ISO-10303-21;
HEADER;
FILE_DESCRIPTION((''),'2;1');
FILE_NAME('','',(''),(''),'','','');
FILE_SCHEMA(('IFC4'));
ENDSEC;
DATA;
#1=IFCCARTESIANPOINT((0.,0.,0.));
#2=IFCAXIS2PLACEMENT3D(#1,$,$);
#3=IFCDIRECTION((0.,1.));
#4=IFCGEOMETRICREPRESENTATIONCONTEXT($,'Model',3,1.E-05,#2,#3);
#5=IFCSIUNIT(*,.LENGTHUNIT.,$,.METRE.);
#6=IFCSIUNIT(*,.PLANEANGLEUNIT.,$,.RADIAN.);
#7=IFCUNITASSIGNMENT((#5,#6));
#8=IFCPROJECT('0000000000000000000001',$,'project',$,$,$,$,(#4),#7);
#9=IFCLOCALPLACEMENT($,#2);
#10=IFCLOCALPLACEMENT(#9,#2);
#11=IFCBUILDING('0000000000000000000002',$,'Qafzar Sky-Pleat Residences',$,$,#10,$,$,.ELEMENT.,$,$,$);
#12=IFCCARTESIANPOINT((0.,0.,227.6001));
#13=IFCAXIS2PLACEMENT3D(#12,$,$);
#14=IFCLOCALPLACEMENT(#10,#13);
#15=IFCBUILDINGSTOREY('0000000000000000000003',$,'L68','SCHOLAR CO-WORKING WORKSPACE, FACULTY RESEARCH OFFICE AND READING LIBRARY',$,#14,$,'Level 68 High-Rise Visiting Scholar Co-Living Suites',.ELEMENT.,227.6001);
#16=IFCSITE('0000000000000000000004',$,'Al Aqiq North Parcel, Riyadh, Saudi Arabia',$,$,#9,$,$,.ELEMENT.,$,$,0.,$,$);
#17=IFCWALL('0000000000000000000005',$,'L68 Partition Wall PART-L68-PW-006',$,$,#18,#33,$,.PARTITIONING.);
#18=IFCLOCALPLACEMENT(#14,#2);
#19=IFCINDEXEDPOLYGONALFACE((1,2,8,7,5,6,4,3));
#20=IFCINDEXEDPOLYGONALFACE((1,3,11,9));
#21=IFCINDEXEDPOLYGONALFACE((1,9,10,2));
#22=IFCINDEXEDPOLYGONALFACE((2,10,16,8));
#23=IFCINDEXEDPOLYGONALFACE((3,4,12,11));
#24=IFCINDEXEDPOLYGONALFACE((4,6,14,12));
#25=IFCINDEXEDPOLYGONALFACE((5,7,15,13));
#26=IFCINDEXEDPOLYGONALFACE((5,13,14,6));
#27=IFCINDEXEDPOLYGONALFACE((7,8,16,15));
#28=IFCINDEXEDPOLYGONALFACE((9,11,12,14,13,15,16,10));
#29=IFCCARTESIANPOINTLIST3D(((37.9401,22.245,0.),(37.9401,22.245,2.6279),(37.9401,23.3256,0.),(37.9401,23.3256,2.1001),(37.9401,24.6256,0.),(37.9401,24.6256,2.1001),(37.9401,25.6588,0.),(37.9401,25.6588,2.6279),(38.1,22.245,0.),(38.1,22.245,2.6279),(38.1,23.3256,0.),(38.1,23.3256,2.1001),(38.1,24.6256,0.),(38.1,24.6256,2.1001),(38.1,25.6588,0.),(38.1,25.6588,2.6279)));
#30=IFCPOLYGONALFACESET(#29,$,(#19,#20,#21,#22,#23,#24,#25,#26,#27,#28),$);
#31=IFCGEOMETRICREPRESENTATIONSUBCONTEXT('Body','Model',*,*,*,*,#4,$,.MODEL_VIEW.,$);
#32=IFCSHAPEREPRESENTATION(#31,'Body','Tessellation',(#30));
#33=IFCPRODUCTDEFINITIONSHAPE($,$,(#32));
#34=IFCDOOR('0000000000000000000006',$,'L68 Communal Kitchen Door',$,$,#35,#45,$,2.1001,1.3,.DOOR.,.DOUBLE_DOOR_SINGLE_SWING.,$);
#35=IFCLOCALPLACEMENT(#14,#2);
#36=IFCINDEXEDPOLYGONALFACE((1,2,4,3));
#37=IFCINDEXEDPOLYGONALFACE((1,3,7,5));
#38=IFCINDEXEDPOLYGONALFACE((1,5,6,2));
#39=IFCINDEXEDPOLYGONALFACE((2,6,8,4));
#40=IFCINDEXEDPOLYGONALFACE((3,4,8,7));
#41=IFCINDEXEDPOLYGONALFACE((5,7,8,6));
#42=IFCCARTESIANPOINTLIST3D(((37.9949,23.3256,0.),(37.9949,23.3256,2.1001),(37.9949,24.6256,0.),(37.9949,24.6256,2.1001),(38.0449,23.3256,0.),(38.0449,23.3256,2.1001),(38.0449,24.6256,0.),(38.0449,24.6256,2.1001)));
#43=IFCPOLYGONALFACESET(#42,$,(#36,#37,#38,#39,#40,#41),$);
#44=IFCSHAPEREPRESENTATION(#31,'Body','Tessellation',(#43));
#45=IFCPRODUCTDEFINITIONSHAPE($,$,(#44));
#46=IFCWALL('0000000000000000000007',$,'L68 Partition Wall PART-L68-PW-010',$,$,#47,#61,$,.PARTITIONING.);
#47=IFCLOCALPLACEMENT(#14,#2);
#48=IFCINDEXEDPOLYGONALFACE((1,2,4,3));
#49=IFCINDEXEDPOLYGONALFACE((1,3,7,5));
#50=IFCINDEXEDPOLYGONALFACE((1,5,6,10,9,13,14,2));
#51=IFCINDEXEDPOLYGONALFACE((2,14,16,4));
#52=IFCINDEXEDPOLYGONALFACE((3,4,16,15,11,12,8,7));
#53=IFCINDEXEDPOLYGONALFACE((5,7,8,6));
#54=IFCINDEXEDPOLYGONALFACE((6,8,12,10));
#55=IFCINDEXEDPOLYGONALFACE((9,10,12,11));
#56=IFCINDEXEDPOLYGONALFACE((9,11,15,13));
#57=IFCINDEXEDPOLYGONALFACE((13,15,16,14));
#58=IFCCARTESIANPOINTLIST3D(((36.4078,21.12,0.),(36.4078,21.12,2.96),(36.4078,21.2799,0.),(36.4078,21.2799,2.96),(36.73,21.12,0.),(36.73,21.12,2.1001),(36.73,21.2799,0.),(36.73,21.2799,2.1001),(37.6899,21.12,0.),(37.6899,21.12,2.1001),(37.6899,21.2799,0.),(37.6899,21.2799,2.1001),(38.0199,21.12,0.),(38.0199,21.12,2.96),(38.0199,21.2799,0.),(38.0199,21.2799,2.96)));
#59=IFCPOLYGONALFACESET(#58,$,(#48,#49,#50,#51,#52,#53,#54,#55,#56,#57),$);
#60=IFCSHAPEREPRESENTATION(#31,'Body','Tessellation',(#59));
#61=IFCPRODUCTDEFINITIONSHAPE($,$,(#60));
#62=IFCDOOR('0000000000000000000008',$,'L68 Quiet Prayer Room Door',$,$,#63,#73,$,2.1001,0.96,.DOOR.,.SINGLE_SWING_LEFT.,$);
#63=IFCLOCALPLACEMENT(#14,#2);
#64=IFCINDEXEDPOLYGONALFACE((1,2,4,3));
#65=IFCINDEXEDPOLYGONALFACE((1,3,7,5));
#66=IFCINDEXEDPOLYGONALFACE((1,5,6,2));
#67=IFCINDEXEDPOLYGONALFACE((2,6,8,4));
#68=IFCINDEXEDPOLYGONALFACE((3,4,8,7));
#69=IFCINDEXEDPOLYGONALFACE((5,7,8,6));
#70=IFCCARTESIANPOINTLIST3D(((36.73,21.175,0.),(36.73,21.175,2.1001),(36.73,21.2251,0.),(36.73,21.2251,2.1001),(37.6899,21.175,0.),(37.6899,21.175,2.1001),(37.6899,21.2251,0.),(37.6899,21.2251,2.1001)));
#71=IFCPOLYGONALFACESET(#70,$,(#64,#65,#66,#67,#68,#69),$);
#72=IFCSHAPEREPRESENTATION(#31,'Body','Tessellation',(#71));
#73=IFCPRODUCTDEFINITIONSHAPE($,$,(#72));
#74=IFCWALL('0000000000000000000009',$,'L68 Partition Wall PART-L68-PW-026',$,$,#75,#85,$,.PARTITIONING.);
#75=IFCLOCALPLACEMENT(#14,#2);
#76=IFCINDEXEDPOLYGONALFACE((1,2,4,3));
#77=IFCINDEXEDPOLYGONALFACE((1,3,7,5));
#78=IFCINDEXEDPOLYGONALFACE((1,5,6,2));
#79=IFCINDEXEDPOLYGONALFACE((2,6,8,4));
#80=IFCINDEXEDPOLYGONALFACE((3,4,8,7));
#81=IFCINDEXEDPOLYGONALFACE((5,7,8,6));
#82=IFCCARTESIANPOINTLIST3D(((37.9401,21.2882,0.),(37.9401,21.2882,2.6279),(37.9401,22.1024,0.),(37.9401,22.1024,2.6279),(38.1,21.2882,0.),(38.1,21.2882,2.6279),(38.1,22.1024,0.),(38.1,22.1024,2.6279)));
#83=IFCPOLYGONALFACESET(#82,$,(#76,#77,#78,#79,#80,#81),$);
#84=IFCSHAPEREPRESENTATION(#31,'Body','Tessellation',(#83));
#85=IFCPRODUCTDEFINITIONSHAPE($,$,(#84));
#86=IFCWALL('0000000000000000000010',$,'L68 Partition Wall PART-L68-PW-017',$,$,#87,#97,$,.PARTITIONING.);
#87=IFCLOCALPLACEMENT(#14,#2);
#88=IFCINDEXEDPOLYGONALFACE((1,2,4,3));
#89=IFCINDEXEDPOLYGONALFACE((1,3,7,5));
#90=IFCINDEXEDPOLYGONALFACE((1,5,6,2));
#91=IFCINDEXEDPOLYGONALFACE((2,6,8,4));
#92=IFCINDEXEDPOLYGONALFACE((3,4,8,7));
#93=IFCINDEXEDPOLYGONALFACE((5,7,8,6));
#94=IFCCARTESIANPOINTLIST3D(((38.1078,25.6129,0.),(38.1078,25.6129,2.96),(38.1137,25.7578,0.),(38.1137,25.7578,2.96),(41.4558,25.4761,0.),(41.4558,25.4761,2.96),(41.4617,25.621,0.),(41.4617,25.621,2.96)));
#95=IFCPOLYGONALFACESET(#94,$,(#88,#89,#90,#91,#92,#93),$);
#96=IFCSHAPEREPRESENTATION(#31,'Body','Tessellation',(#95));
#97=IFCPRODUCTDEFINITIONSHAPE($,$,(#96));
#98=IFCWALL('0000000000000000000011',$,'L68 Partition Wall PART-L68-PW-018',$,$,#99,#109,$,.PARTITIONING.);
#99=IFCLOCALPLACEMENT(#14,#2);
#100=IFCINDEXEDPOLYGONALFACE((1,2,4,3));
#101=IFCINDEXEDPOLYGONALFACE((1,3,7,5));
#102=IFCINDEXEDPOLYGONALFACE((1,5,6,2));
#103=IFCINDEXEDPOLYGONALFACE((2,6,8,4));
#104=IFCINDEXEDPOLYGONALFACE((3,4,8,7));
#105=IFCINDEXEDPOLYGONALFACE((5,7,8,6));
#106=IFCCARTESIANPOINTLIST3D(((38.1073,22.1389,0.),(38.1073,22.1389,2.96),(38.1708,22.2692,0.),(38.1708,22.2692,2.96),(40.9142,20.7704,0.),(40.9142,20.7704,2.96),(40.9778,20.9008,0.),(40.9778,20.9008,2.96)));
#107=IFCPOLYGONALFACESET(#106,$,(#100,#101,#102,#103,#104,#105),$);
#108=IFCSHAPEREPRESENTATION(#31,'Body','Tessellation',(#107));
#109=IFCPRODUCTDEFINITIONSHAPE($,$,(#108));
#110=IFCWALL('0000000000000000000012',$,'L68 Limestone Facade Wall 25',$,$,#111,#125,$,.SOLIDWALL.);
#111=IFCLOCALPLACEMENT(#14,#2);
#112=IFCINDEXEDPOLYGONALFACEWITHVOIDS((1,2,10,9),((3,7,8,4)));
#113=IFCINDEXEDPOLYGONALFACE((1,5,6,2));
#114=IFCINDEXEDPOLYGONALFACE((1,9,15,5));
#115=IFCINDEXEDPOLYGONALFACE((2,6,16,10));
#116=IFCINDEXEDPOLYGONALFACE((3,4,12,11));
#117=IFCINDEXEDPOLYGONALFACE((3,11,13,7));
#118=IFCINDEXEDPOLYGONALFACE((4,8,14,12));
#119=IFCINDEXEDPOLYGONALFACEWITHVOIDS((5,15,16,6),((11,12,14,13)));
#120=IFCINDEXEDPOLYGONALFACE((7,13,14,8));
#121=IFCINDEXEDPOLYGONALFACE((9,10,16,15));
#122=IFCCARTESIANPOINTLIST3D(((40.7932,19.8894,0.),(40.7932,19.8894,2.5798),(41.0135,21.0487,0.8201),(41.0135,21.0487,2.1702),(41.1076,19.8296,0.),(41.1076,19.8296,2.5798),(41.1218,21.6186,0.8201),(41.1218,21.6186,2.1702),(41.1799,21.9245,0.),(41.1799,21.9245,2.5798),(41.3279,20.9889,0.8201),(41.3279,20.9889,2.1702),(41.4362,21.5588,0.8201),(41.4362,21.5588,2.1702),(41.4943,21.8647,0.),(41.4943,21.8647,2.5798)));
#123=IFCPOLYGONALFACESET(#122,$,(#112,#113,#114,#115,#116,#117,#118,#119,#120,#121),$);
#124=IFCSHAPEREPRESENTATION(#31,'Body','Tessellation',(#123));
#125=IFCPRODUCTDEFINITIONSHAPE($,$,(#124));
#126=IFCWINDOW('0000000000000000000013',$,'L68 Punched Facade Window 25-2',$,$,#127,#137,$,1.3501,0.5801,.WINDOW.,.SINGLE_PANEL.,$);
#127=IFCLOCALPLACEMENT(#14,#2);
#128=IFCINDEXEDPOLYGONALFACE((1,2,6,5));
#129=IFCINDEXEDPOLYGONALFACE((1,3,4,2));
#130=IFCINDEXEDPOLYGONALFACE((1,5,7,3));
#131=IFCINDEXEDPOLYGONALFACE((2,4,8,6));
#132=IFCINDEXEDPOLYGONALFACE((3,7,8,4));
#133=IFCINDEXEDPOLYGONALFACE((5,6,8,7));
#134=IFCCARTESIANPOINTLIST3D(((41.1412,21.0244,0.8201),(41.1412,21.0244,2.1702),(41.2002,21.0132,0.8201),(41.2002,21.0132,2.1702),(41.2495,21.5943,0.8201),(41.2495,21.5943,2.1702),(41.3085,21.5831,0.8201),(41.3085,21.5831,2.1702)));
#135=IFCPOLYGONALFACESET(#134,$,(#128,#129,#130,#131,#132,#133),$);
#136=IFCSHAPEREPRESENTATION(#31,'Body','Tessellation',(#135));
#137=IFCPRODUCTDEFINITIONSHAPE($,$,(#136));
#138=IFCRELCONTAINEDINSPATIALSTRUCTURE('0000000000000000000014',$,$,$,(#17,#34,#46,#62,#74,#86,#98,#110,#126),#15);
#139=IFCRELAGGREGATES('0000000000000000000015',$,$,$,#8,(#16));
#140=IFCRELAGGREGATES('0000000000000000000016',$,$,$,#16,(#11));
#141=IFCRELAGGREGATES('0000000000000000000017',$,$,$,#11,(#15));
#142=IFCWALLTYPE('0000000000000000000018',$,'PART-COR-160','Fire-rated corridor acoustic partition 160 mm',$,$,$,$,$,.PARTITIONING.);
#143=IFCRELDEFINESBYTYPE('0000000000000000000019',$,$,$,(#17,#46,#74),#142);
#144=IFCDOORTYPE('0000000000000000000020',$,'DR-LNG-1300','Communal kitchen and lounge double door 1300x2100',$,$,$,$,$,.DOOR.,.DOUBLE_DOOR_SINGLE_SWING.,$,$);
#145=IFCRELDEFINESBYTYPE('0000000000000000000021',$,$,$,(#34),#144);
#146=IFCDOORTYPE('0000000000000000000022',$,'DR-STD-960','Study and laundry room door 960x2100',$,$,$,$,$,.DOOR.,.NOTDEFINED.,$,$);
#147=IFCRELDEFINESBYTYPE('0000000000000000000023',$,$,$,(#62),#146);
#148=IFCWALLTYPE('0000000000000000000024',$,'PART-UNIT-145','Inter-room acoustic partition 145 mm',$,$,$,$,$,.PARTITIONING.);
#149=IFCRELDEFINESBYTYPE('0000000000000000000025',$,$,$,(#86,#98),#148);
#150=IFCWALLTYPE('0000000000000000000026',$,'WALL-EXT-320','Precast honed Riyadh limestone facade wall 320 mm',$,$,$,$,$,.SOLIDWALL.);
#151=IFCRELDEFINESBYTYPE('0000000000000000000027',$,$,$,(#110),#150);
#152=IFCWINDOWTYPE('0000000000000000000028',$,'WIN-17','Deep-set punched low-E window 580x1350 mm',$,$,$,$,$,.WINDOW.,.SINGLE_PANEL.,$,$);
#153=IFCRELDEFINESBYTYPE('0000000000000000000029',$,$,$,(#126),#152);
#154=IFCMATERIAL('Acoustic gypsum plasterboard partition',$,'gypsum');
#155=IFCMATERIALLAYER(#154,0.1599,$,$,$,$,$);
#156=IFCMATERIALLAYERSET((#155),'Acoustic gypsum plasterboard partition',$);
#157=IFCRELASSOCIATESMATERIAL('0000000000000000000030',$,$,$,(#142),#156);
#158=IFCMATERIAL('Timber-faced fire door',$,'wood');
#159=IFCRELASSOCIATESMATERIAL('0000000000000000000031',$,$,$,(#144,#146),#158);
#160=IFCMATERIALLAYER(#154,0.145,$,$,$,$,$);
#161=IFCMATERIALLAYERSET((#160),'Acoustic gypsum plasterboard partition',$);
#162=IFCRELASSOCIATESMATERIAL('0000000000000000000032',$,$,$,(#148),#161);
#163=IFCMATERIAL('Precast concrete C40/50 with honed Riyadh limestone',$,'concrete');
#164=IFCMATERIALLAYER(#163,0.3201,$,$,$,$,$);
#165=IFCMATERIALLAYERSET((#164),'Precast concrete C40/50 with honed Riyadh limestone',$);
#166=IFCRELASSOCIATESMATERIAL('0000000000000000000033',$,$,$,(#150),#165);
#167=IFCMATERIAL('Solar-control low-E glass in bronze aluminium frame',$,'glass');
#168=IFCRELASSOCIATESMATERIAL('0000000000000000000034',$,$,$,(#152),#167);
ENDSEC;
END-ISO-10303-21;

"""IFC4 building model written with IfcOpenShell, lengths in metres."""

from ifc_helpers import new_model, si_unit, direction, frame, frame_2d, origin, place, context, subcontext, project, spatial, rectangle, extrude, source, transform, mapped, material, layer, layer_set, type_object, element, fill, save


model = new_model("IFC4")

# Units and contexts
model_context = context("Model", 3, precision=1e-05, world=origin(), true_north=direction((0.0, 1.0)))
body_context = subcontext(model_context, "Body", "Model", "MODEL_VIEW")
ifc_project = project(units=[si_unit("LENGTHUNIT", "METRE"), si_unit("PLANEANGLEUNIT", "RADIAN")], contexts=[model_context])

# Site, building, storey
site_placement = place(None, origin())
site = spatial("IfcSite", under=ifc_project, at=site_placement, Name="Al Aqiq North Parcel, Riyadh, Saudi Arabia", CompositionType="ELEMENT", RefElevation=0.0)
building_placement = place(site_placement, origin())
building = spatial("IfcBuilding", under=site, at=building_placement, Name="Qafzar Sky-Pleat Residences", CompositionType="ELEMENT")
storey_placement = place(building_placement, frame((0.0, 0.0, 227.6001)))
storey = spatial("IfcBuildingStorey", under=building, at=storey_placement, Name="L68", Description="SCHOLAR CO-WORKING WORKSPACE, FACULTY RESEARCH OFFICE AND READING LIBRARY", LongName="Level 68 High-Rise Visiting Scholar Co-Living Suites", CompositionType="ELEMENT", Elevation=227.6001)

# Walls, openings, doors
ifc_material_1 = material(Name="Acoustic gypsum plasterboard partition", Category="gypsum")
ifc_layer_1 = layer(ifc_material_1, 0.1599)
ifc_layer_set_1 = layer_set([ifc_layer_1], Name="Acoustic gypsum plasterboard partition")
wall_type_1 = type_object("IfcWallType", Name="PART-COR-160", Description="Fire-rated corridor acoustic partition 160 mm", PredefinedType="PARTITIONING", material=ifc_layer_set_1)
wall_1_placement = place(storey_placement, frame((38.02, 25.6589, 0.0), z_axis=(0.0, 0.0, 1.0), x_axis=(0.0, -1.0, 0.0)))
wall_1 = element("IfcWall", 1, at=wall_1_placement, inside=storey, type_object=wall_type_1, Name="L68 Partition Wall PART-L68-PW-006", PredefinedType="PARTITIONING", context=body_context, shape_type="SweptSolid", body=[
    extrude(rectangle(XDim=3.4138, YDim=0.1599, at=frame_2d((1.707, 0.0))), origin(), (0.0, 0.0, 1.0), 2.6279),
])
opening_1_placement = place(wall_1_placement, frame((1.0334, 0.0, 0.0)))
opening_1 = element("IfcOpeningElement", 2, at=opening_1_placement, cuts=wall_1, PredefinedType="OPENING", context=body_context, shape_type="SweptSolid", body=[
    extrude(rectangle(XDim=1.3, YDim=2.1001, at=frame_2d((0.6499, 1.05))), frame((0.0, 0.0898, 0.0), z_axis=(0.0, -1.0, 0.0), x_axis=(1.0, 0.0, 0.0)), (0.0, 0.0, 1.0), 0.1799),
])
ifc_material_2 = material(Name="Timber-faced fire door", Category="wood")
door_type_1 = type_object("IfcDoorType", Name="DR-LNG-1300", Description="Communal kitchen and lounge double door 1300x2100", OperationType="DOUBLE_DOOR_SINGLE_SWING", PredefinedType="DOOR", material=ifc_material_2)
shared_shape_1 = source(origin(), body_context, "Body", "SweptSolid", [
    extrude(rectangle(XDim=1.3, YDim=2.1001, at=frame_2d((0.6499, 1.05))), frame((0.0, 0.0249, 0.0), z_axis=(0.0, -1.0, 0.0), x_axis=(1.0, 0.0, 0.0)), (0.0, 0.0, 1.0), 0.05),
])
door_1_placement = place(opening_1_placement, origin())
door_1 = element("IfcDoor", 3, at=door_1_placement, inside=storey, type_object=door_type_1, Name="L68 Communal Kitchen Door", OperationType="DOUBLE_DOOR_SINGLE_SWING", OverallHeight=2.1001, OverallWidth=1.3, PredefinedType="DOOR", context=body_context, shape_type="MappedRepresentation", body=[
    mapped(shared_shape_1, transform((0.0, 0.0, 0.0), x_axis=(1.0, 0.0, 0.0), y_axis=(0.0, 1.0, 0.0), z_axis=(0.0, 0.0, 1.0), scale=1.0)),
])
fill(opening_1, door_1)
wall_2_placement = place(storey_placement, frame((38.02, 21.2, 0.0), z_axis=(0.0, 0.0, 1.0), x_axis=(-1.0, 0.0, 0.0)))
wall_2 = element("IfcWall", 4, at=wall_2_placement, inside=storey, type_object=wall_type_1, Name="L68 Partition Wall PART-L68-PW-010", PredefinedType="PARTITIONING", context=body_context, shape_type="SweptSolid", body=[
    extrude(rectangle(XDim=1.6121, YDim=0.1599, at=frame_2d((0.8062, 0.0))), origin(), (0.0, 0.0, 1.0), 2.96),
])
opening_2_placement = place(wall_2_placement, frame((0.3301, 0.0, 0.0)))
opening_2 = element("IfcOpeningElement", 5, at=opening_2_placement, cuts=wall_2, PredefinedType="OPENING", context=body_context, shape_type="SweptSolid", body=[
    extrude(rectangle(XDim=0.96, YDim=2.1001, at=frame_2d((0.48, 1.05))), frame((0.0, 0.0898, 0.0), z_axis=(0.0, -1.0, 0.0), x_axis=(1.0, 0.0, 0.0)), (0.0, 0.0, 1.0), 0.1799),
])
door_type_2 = type_object("IfcDoorType", Name="DR-STD-960", Description="Study and laundry room door 960x2100", OperationType="NOTDEFINED", PredefinedType="DOOR", material=ifc_material_2)
shared_shape_2 = source(origin(), body_context, "Body", "SweptSolid", [
    extrude(rectangle(XDim=0.96, YDim=2.1001, at=frame_2d((0.48, 1.05))), frame((0.0, 0.0249, 0.0), z_axis=(0.0, -1.0, 0.0), x_axis=(1.0, 0.0, 0.0)), (0.0, 0.0, 1.0), 0.05),
])
door_2_placement = place(opening_2_placement, origin())
door_2 = element("IfcDoor", 6, at=door_2_placement, inside=storey, type_object=door_type_2, Name="L68 Quiet Prayer Room Door", OperationType="SINGLE_SWING_LEFT", OverallHeight=2.1001, OverallWidth=0.96, PredefinedType="DOOR", context=body_context, shape_type="MappedRepresentation", body=[
    mapped(shared_shape_2, transform((0.0, 0.0, 0.0), x_axis=(1.0, 0.0, 0.0), y_axis=(0.0, 1.0, 0.0), z_axis=(0.0, 0.0, 1.0), scale=1.0)),
])
fill(opening_2, door_2)

# Walls
wall_3_placement = place(storey_placement, frame((38.02, 21.2881, 0.0), z_axis=(0.0, 0.0, 1.0), x_axis=(0.0, 1.0, 0.0)))
element("IfcWall", 7, at=wall_3_placement, inside=storey, type_object=wall_type_1, Name="L68 Partition Wall PART-L68-PW-026", PredefinedType="PARTITIONING", context=body_context, shape_type="SweptSolid", body=[
    extrude(rectangle(XDim=0.8142, YDim=0.1599, at=frame_2d((0.4072, 0.0))), origin(), (0.0, 0.0, 1.0), 2.6279),
])
ifc_layer_2 = layer(ifc_material_1, 0.145)
ifc_layer_set_2 = layer_set([ifc_layer_2], Name="Acoustic gypsum plasterboard partition")
wall_type_2 = type_object("IfcWallType", Name="PART-UNIT-145", Description="Inter-room acoustic partition 145 mm", PredefinedType="PARTITIONING", material=ifc_layer_set_2)
wall_4_placement = place(storey_placement, frame((38.1108, 25.6853, 0.0), z_axis=(0.0, 0.0, 1.0), x_axis=(0.999167, -0.0408, 0.0)))
element("IfcWall", 8, at=wall_4_placement, inside=storey, type_object=wall_type_2, Name="L68 Partition Wall PART-L68-PW-017", PredefinedType="PARTITIONING", context=body_context, shape_type="SweptSolid", body=[
    extrude(rectangle(XDim=3.3508, YDim=0.145, at=frame_2d((1.6753, 0.0))), origin(), (0.0, 0.0, 1.0), 2.96),
])
wall_5_placement = place(storey_placement, frame((38.1389, 22.2041, 0.0), z_axis=(0.0, 0.0, 1.0), x_axis=(0.89887, -0.438216, 0.0)))
element("IfcWall", 9, at=wall_5_placement, inside=storey, type_object=wall_type_2, Name="L68 Partition Wall PART-L68-PW-018", PredefinedType="PARTITIONING", context=body_context, shape_type="SweptSolid", body=[
    extrude(rectangle(XDim=3.1228, YDim=0.145, at=frame_2d((1.5615, 0.0))), origin(), (0.0, 0.0, 1.0), 2.96),
])

# Wall, opening, window
ifc_material_3 = material(Name="Precast concrete C40/50 with honed Riyadh limestone", Category="concrete")
ifc_layer_3 = layer(ifc_material_3, 0.3201)
ifc_layer_set_3 = layer_set([ifc_layer_3], Name="Precast concrete C40/50 with honed Riyadh limestone")
wall_type_3 = type_object("IfcWallType", Name="WALL-EXT-320", Description="Precast honed Riyadh limestone facade wall 320 mm", PredefinedType="SOLIDWALL", material=ifc_layer_set_3)
wall_6_placement = place(storey_placement, frame((40.9504, 19.8596, 0.0), z_axis=(0.0, 0.0, 1.0), x_axis=(0.186679, 0.982421, 0.0)))
wall_6 = element("IfcWall", 10, at=wall_6_placement, inside=storey, type_object=wall_type_3, Name="L68 Limestone Facade Wall 25", PredefinedType="SOLIDWALL", context=body_context, shape_type="SweptSolid", body=[
    extrude(rectangle(XDim=2.0715, YDim=0.3201, at=frame_2d((1.0356, 0.0))), origin(), (0.0, 0.0, 1.0), 2.5798),
])
opening_3_placement = place(wall_6_placement, frame((1.1799, 0.0, 0.8201)))
opening_3 = element("IfcOpeningElement", 11, at=opening_3_placement, cuts=wall_6, PredefinedType="OPENING", context=body_context, shape_type="SweptSolid", body=[
    extrude(rectangle(XDim=0.5801, YDim=1.3501, at=frame_2d((0.29, 0.675))), frame((0.0, 0.1699, 0.0), z_axis=(0.0, -1.0, 0.0), x_axis=(1.0, 0.0, 0.0)), (0.0, 0.0, 1.0), 0.3401),
])
ifc_material_4 = material(Name="Solar-control low-E glass in bronze aluminium frame", Category="glass")
window_type_1 = type_object("IfcWindowType", Name="WIN-17", Description="Deep-set punched low-E window 580x1350 mm", PartitioningType="SINGLE_PANEL", PredefinedType="WINDOW", material=ifc_material_4)
shared_shape_3 = source(origin(), body_context, "Body", "SweptSolid", [
    extrude(rectangle(XDim=0.5801, YDim=1.3501, at=frame_2d((0.29, 0.675))), frame((0.0, 0.03, 0.0), z_axis=(0.0, -1.0, 0.0), x_axis=(1.0, 0.0, 0.0)), (0.0, 0.0, 1.0), 0.0601),
])
window_1_placement = place(opening_3_placement, origin())
window_1 = element("IfcWindow", 12, at=window_1_placement, inside=storey, type_object=window_type_1, Name="L68 Punched Facade Window 25-2", OverallHeight=1.3501, OverallWidth=0.5801, PartitioningType="SINGLE_PANEL", PredefinedType="WINDOW", context=body_context, shape_type="MappedRepresentation", body=[
    mapped(shared_shape_3, transform((0.0, 0.0, 0.0), x_axis=(1.0, 0.0, 0.0), y_axis=(0.0, 1.0, 0.0), z_axis=(0.0, 0.0, 1.0), scale=1.0)),
])
fill(opening_3, window_1)

save(model, "model.ifc")
